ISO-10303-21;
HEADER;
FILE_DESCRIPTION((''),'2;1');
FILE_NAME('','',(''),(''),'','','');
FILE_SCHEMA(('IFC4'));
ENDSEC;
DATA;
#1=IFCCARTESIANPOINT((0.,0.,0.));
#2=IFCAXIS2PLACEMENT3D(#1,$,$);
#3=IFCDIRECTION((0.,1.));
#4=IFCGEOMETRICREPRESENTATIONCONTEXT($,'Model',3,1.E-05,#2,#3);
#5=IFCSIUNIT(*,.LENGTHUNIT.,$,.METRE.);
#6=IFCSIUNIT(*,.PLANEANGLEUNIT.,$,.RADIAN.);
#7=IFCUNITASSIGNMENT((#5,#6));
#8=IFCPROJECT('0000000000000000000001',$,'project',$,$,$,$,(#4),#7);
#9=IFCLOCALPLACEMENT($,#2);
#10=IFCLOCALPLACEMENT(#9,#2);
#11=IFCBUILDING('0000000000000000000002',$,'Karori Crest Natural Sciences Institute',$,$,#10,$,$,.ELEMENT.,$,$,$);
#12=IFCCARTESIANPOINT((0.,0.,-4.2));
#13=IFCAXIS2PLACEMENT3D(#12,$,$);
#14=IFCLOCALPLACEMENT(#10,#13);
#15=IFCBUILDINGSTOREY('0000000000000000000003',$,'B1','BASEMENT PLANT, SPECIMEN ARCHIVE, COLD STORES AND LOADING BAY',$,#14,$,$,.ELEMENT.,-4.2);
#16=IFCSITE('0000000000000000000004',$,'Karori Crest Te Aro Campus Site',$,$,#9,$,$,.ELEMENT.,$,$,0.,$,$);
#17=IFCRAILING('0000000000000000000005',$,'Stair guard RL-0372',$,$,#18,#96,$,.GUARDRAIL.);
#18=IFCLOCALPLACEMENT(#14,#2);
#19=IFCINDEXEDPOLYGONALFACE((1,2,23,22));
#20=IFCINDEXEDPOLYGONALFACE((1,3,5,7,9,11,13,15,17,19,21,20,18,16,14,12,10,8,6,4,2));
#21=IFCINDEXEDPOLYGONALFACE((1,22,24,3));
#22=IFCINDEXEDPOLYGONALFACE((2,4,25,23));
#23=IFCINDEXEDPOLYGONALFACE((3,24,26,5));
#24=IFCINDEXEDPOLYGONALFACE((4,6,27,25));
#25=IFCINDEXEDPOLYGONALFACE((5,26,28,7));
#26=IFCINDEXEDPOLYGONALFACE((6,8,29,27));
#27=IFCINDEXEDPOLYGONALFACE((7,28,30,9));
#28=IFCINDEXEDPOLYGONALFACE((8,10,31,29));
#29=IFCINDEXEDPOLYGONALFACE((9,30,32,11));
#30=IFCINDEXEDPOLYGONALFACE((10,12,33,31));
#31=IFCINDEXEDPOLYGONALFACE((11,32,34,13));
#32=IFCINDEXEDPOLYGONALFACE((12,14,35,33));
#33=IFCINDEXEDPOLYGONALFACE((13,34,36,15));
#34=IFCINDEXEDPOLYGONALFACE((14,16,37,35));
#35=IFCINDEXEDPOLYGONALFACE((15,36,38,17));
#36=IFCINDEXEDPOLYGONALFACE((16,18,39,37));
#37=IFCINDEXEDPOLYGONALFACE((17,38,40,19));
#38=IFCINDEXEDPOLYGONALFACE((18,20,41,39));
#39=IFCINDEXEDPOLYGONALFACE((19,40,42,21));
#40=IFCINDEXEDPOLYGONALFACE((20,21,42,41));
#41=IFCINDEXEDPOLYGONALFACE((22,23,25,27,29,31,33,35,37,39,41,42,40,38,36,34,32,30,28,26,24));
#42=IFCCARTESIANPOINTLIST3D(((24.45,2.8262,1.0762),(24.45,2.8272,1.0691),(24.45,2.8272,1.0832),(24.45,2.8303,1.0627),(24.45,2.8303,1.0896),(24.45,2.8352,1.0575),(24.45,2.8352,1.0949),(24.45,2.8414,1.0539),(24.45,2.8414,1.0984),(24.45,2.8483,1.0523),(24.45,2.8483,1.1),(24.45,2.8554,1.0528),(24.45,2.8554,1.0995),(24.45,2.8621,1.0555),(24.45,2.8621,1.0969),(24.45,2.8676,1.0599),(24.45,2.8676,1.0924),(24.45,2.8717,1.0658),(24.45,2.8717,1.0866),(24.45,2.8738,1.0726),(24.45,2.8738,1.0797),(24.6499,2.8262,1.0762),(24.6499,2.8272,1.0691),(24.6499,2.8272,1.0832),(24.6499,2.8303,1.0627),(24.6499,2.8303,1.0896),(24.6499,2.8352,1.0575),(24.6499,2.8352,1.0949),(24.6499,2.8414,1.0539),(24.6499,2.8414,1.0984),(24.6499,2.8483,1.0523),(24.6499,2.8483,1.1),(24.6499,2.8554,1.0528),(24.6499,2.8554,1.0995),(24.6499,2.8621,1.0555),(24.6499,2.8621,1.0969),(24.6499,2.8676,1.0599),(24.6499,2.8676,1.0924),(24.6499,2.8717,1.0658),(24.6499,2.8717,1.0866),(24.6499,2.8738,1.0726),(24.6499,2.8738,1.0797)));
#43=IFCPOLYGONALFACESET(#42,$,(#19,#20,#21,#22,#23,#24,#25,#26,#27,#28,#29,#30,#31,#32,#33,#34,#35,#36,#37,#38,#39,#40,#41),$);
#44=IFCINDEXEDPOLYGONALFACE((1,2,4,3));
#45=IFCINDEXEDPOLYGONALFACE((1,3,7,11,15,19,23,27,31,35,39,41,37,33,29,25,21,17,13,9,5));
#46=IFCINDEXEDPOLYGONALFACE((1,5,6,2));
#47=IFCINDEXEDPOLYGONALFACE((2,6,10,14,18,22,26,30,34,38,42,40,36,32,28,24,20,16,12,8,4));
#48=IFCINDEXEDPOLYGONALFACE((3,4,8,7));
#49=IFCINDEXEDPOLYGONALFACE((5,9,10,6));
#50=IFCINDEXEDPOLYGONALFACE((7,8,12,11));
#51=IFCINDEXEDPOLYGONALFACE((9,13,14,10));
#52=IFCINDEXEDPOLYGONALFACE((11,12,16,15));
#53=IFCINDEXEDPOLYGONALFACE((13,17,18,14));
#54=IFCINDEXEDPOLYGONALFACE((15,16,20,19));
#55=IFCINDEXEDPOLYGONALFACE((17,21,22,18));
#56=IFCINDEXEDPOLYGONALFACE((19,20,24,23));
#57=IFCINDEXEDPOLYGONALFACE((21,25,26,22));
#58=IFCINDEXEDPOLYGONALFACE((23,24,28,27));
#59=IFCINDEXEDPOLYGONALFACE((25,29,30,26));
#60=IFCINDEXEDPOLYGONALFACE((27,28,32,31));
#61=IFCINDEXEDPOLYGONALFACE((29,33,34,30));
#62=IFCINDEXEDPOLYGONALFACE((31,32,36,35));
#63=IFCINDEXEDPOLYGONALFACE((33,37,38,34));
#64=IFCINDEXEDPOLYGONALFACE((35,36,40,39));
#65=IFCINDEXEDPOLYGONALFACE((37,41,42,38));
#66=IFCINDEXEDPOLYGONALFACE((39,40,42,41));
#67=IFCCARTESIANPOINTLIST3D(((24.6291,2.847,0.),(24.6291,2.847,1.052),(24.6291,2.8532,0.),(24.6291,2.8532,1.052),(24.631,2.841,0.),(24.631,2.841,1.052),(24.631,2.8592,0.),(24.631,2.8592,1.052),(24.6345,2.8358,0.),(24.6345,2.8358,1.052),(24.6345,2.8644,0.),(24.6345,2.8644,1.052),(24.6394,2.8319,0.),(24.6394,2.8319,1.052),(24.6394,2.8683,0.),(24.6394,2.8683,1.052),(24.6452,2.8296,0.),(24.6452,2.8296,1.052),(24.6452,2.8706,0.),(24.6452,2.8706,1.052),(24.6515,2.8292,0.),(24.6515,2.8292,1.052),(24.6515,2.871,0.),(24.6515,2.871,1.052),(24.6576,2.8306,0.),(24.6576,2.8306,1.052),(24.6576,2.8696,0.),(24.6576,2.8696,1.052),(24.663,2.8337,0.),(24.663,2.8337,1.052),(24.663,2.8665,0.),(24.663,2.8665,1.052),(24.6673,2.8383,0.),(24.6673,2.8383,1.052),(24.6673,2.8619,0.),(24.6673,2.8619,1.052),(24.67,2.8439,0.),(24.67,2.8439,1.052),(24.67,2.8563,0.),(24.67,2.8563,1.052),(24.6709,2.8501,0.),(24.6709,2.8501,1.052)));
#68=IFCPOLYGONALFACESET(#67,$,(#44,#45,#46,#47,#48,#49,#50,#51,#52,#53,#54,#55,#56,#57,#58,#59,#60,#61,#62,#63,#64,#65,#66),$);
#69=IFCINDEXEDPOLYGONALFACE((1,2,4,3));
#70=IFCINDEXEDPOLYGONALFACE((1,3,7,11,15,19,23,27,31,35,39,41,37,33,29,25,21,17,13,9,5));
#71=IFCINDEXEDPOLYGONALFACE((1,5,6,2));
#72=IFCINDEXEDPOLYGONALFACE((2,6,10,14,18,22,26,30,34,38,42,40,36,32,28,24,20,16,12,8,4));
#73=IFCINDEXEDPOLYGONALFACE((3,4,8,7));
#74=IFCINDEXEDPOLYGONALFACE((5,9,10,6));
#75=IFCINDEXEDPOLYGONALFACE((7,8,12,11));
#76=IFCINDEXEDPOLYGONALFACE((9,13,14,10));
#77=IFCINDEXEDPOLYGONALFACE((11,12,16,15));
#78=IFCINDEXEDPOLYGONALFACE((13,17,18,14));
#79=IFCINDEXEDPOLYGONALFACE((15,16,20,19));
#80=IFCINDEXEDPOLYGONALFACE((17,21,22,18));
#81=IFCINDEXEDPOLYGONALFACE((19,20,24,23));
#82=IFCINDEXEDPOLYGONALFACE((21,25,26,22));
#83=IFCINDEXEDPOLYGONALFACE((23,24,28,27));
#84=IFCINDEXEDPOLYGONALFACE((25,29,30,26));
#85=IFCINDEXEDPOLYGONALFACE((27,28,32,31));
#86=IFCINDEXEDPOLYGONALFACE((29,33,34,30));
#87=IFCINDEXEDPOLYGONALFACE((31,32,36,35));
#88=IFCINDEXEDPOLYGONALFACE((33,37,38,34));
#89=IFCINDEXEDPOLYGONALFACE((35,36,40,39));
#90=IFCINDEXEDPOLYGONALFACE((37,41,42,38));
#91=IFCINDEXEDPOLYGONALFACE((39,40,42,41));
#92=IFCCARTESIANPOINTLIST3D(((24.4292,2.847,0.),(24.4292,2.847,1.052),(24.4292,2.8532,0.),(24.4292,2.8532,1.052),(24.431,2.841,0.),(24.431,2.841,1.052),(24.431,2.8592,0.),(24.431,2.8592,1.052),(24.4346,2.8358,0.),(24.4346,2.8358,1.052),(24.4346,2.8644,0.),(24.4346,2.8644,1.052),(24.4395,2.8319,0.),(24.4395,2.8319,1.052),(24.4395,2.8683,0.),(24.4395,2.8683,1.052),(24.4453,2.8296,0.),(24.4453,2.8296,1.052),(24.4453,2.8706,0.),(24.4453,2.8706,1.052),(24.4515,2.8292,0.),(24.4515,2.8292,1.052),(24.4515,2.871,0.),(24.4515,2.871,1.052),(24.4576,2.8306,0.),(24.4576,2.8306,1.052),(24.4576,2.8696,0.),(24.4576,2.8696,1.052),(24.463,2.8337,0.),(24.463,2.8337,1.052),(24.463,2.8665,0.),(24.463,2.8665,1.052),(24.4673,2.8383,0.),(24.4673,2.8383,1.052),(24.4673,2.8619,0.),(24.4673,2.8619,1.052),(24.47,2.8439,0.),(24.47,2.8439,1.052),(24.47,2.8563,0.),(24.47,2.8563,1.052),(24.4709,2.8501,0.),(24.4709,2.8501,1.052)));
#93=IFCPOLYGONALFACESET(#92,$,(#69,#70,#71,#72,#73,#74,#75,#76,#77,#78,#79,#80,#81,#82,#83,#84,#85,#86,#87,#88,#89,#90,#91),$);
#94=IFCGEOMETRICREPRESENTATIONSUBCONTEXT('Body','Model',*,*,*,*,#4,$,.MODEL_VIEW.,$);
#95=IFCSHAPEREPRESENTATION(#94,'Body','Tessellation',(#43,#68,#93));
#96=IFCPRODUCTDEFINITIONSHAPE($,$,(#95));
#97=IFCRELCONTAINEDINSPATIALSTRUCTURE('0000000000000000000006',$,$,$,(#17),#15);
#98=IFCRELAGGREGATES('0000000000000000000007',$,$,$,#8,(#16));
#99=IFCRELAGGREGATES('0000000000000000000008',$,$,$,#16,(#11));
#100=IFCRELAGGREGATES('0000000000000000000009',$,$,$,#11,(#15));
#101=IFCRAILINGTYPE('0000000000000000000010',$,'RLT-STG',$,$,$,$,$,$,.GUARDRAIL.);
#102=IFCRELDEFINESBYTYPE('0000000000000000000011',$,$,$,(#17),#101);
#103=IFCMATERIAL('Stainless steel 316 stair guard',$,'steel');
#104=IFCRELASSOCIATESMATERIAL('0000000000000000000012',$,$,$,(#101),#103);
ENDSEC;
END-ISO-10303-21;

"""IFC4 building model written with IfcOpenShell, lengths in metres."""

from ifc_helpers import new_model, si_unit, direction, frame, origin, origin_2d, place, context, subcontext, project, spatial, circle, extrude, material, type_object, element, save


model = new_model("IFC4")

# Units and contexts
model_context = context("Model", 3, precision=1e-05, world=origin(), true_north=direction((0.0, 1.0)))
body_context = subcontext(model_context, "Body", "Model", "MODEL_VIEW")
ifc_project = project(units=[si_unit("LENGTHUNIT", "METRE"), si_unit("PLANEANGLEUNIT", "RADIAN")], contexts=[model_context])

# Site, building, storey
site_placement = place(None, origin())
site = spatial("IfcSite", under=ifc_project, at=site_placement, Name="Karori Crest Te Aro Campus Site", CompositionType="ELEMENT", RefElevation=0.0)
building_placement = place(site_placement, origin())
building = spatial("IfcBuilding", under=site, at=building_placement, Name="Karori Crest Natural Sciences Institute", CompositionType="ELEMENT")
storey_placement = place(building_placement, frame((0.0, 0.0, -4.2)))
storey = spatial("IfcBuildingStorey", under=building, at=storey_placement, Name="B1", Description="BASEMENT PLANT, SPECIMEN ARCHIVE, COLD STORES AND LOADING BAY", CompositionType="ELEMENT", Elevation=-4.2)

# Railing
ifc_material_1 = material(Name="Stainless steel 316 stair guard", Category="steel")
railing_type_1 = type_object("IfcRailingType", Name="RLT-STG", PredefinedType="GUARDRAIL", material=ifc_material_1)
railing_1_placement = place(storey_placement, frame((24.6499, 2.8501, 0.0)))
element("IfcRailing", 1, at=railing_1_placement, inside=storey, type_object=railing_type_1, Name="Stair guard RL-0372", PredefinedType="GUARDRAIL", context=body_context, shape_type="SweptSolid", body=[
    extrude(circle(Radius=0.0239, at=origin_2d()), frame((0.0, 0.0, 1.0762), z_axis=(-1.0, 0.0, 0.0), x_axis=(0.0, -1.0, 0.0)), (0.0, 0.0, 1.0), 0.2),
    extrude(circle(Radius=0.021, at=origin_2d()), origin(), (0.0, 0.0, 1.0), 1.052),
    extrude(circle(Radius=0.021, at=origin_2d()), frame((-0.2, 0.0, 0.0)), (0.0, 0.0, 1.0), 1.052),
])

save(model, "model.ifc")
